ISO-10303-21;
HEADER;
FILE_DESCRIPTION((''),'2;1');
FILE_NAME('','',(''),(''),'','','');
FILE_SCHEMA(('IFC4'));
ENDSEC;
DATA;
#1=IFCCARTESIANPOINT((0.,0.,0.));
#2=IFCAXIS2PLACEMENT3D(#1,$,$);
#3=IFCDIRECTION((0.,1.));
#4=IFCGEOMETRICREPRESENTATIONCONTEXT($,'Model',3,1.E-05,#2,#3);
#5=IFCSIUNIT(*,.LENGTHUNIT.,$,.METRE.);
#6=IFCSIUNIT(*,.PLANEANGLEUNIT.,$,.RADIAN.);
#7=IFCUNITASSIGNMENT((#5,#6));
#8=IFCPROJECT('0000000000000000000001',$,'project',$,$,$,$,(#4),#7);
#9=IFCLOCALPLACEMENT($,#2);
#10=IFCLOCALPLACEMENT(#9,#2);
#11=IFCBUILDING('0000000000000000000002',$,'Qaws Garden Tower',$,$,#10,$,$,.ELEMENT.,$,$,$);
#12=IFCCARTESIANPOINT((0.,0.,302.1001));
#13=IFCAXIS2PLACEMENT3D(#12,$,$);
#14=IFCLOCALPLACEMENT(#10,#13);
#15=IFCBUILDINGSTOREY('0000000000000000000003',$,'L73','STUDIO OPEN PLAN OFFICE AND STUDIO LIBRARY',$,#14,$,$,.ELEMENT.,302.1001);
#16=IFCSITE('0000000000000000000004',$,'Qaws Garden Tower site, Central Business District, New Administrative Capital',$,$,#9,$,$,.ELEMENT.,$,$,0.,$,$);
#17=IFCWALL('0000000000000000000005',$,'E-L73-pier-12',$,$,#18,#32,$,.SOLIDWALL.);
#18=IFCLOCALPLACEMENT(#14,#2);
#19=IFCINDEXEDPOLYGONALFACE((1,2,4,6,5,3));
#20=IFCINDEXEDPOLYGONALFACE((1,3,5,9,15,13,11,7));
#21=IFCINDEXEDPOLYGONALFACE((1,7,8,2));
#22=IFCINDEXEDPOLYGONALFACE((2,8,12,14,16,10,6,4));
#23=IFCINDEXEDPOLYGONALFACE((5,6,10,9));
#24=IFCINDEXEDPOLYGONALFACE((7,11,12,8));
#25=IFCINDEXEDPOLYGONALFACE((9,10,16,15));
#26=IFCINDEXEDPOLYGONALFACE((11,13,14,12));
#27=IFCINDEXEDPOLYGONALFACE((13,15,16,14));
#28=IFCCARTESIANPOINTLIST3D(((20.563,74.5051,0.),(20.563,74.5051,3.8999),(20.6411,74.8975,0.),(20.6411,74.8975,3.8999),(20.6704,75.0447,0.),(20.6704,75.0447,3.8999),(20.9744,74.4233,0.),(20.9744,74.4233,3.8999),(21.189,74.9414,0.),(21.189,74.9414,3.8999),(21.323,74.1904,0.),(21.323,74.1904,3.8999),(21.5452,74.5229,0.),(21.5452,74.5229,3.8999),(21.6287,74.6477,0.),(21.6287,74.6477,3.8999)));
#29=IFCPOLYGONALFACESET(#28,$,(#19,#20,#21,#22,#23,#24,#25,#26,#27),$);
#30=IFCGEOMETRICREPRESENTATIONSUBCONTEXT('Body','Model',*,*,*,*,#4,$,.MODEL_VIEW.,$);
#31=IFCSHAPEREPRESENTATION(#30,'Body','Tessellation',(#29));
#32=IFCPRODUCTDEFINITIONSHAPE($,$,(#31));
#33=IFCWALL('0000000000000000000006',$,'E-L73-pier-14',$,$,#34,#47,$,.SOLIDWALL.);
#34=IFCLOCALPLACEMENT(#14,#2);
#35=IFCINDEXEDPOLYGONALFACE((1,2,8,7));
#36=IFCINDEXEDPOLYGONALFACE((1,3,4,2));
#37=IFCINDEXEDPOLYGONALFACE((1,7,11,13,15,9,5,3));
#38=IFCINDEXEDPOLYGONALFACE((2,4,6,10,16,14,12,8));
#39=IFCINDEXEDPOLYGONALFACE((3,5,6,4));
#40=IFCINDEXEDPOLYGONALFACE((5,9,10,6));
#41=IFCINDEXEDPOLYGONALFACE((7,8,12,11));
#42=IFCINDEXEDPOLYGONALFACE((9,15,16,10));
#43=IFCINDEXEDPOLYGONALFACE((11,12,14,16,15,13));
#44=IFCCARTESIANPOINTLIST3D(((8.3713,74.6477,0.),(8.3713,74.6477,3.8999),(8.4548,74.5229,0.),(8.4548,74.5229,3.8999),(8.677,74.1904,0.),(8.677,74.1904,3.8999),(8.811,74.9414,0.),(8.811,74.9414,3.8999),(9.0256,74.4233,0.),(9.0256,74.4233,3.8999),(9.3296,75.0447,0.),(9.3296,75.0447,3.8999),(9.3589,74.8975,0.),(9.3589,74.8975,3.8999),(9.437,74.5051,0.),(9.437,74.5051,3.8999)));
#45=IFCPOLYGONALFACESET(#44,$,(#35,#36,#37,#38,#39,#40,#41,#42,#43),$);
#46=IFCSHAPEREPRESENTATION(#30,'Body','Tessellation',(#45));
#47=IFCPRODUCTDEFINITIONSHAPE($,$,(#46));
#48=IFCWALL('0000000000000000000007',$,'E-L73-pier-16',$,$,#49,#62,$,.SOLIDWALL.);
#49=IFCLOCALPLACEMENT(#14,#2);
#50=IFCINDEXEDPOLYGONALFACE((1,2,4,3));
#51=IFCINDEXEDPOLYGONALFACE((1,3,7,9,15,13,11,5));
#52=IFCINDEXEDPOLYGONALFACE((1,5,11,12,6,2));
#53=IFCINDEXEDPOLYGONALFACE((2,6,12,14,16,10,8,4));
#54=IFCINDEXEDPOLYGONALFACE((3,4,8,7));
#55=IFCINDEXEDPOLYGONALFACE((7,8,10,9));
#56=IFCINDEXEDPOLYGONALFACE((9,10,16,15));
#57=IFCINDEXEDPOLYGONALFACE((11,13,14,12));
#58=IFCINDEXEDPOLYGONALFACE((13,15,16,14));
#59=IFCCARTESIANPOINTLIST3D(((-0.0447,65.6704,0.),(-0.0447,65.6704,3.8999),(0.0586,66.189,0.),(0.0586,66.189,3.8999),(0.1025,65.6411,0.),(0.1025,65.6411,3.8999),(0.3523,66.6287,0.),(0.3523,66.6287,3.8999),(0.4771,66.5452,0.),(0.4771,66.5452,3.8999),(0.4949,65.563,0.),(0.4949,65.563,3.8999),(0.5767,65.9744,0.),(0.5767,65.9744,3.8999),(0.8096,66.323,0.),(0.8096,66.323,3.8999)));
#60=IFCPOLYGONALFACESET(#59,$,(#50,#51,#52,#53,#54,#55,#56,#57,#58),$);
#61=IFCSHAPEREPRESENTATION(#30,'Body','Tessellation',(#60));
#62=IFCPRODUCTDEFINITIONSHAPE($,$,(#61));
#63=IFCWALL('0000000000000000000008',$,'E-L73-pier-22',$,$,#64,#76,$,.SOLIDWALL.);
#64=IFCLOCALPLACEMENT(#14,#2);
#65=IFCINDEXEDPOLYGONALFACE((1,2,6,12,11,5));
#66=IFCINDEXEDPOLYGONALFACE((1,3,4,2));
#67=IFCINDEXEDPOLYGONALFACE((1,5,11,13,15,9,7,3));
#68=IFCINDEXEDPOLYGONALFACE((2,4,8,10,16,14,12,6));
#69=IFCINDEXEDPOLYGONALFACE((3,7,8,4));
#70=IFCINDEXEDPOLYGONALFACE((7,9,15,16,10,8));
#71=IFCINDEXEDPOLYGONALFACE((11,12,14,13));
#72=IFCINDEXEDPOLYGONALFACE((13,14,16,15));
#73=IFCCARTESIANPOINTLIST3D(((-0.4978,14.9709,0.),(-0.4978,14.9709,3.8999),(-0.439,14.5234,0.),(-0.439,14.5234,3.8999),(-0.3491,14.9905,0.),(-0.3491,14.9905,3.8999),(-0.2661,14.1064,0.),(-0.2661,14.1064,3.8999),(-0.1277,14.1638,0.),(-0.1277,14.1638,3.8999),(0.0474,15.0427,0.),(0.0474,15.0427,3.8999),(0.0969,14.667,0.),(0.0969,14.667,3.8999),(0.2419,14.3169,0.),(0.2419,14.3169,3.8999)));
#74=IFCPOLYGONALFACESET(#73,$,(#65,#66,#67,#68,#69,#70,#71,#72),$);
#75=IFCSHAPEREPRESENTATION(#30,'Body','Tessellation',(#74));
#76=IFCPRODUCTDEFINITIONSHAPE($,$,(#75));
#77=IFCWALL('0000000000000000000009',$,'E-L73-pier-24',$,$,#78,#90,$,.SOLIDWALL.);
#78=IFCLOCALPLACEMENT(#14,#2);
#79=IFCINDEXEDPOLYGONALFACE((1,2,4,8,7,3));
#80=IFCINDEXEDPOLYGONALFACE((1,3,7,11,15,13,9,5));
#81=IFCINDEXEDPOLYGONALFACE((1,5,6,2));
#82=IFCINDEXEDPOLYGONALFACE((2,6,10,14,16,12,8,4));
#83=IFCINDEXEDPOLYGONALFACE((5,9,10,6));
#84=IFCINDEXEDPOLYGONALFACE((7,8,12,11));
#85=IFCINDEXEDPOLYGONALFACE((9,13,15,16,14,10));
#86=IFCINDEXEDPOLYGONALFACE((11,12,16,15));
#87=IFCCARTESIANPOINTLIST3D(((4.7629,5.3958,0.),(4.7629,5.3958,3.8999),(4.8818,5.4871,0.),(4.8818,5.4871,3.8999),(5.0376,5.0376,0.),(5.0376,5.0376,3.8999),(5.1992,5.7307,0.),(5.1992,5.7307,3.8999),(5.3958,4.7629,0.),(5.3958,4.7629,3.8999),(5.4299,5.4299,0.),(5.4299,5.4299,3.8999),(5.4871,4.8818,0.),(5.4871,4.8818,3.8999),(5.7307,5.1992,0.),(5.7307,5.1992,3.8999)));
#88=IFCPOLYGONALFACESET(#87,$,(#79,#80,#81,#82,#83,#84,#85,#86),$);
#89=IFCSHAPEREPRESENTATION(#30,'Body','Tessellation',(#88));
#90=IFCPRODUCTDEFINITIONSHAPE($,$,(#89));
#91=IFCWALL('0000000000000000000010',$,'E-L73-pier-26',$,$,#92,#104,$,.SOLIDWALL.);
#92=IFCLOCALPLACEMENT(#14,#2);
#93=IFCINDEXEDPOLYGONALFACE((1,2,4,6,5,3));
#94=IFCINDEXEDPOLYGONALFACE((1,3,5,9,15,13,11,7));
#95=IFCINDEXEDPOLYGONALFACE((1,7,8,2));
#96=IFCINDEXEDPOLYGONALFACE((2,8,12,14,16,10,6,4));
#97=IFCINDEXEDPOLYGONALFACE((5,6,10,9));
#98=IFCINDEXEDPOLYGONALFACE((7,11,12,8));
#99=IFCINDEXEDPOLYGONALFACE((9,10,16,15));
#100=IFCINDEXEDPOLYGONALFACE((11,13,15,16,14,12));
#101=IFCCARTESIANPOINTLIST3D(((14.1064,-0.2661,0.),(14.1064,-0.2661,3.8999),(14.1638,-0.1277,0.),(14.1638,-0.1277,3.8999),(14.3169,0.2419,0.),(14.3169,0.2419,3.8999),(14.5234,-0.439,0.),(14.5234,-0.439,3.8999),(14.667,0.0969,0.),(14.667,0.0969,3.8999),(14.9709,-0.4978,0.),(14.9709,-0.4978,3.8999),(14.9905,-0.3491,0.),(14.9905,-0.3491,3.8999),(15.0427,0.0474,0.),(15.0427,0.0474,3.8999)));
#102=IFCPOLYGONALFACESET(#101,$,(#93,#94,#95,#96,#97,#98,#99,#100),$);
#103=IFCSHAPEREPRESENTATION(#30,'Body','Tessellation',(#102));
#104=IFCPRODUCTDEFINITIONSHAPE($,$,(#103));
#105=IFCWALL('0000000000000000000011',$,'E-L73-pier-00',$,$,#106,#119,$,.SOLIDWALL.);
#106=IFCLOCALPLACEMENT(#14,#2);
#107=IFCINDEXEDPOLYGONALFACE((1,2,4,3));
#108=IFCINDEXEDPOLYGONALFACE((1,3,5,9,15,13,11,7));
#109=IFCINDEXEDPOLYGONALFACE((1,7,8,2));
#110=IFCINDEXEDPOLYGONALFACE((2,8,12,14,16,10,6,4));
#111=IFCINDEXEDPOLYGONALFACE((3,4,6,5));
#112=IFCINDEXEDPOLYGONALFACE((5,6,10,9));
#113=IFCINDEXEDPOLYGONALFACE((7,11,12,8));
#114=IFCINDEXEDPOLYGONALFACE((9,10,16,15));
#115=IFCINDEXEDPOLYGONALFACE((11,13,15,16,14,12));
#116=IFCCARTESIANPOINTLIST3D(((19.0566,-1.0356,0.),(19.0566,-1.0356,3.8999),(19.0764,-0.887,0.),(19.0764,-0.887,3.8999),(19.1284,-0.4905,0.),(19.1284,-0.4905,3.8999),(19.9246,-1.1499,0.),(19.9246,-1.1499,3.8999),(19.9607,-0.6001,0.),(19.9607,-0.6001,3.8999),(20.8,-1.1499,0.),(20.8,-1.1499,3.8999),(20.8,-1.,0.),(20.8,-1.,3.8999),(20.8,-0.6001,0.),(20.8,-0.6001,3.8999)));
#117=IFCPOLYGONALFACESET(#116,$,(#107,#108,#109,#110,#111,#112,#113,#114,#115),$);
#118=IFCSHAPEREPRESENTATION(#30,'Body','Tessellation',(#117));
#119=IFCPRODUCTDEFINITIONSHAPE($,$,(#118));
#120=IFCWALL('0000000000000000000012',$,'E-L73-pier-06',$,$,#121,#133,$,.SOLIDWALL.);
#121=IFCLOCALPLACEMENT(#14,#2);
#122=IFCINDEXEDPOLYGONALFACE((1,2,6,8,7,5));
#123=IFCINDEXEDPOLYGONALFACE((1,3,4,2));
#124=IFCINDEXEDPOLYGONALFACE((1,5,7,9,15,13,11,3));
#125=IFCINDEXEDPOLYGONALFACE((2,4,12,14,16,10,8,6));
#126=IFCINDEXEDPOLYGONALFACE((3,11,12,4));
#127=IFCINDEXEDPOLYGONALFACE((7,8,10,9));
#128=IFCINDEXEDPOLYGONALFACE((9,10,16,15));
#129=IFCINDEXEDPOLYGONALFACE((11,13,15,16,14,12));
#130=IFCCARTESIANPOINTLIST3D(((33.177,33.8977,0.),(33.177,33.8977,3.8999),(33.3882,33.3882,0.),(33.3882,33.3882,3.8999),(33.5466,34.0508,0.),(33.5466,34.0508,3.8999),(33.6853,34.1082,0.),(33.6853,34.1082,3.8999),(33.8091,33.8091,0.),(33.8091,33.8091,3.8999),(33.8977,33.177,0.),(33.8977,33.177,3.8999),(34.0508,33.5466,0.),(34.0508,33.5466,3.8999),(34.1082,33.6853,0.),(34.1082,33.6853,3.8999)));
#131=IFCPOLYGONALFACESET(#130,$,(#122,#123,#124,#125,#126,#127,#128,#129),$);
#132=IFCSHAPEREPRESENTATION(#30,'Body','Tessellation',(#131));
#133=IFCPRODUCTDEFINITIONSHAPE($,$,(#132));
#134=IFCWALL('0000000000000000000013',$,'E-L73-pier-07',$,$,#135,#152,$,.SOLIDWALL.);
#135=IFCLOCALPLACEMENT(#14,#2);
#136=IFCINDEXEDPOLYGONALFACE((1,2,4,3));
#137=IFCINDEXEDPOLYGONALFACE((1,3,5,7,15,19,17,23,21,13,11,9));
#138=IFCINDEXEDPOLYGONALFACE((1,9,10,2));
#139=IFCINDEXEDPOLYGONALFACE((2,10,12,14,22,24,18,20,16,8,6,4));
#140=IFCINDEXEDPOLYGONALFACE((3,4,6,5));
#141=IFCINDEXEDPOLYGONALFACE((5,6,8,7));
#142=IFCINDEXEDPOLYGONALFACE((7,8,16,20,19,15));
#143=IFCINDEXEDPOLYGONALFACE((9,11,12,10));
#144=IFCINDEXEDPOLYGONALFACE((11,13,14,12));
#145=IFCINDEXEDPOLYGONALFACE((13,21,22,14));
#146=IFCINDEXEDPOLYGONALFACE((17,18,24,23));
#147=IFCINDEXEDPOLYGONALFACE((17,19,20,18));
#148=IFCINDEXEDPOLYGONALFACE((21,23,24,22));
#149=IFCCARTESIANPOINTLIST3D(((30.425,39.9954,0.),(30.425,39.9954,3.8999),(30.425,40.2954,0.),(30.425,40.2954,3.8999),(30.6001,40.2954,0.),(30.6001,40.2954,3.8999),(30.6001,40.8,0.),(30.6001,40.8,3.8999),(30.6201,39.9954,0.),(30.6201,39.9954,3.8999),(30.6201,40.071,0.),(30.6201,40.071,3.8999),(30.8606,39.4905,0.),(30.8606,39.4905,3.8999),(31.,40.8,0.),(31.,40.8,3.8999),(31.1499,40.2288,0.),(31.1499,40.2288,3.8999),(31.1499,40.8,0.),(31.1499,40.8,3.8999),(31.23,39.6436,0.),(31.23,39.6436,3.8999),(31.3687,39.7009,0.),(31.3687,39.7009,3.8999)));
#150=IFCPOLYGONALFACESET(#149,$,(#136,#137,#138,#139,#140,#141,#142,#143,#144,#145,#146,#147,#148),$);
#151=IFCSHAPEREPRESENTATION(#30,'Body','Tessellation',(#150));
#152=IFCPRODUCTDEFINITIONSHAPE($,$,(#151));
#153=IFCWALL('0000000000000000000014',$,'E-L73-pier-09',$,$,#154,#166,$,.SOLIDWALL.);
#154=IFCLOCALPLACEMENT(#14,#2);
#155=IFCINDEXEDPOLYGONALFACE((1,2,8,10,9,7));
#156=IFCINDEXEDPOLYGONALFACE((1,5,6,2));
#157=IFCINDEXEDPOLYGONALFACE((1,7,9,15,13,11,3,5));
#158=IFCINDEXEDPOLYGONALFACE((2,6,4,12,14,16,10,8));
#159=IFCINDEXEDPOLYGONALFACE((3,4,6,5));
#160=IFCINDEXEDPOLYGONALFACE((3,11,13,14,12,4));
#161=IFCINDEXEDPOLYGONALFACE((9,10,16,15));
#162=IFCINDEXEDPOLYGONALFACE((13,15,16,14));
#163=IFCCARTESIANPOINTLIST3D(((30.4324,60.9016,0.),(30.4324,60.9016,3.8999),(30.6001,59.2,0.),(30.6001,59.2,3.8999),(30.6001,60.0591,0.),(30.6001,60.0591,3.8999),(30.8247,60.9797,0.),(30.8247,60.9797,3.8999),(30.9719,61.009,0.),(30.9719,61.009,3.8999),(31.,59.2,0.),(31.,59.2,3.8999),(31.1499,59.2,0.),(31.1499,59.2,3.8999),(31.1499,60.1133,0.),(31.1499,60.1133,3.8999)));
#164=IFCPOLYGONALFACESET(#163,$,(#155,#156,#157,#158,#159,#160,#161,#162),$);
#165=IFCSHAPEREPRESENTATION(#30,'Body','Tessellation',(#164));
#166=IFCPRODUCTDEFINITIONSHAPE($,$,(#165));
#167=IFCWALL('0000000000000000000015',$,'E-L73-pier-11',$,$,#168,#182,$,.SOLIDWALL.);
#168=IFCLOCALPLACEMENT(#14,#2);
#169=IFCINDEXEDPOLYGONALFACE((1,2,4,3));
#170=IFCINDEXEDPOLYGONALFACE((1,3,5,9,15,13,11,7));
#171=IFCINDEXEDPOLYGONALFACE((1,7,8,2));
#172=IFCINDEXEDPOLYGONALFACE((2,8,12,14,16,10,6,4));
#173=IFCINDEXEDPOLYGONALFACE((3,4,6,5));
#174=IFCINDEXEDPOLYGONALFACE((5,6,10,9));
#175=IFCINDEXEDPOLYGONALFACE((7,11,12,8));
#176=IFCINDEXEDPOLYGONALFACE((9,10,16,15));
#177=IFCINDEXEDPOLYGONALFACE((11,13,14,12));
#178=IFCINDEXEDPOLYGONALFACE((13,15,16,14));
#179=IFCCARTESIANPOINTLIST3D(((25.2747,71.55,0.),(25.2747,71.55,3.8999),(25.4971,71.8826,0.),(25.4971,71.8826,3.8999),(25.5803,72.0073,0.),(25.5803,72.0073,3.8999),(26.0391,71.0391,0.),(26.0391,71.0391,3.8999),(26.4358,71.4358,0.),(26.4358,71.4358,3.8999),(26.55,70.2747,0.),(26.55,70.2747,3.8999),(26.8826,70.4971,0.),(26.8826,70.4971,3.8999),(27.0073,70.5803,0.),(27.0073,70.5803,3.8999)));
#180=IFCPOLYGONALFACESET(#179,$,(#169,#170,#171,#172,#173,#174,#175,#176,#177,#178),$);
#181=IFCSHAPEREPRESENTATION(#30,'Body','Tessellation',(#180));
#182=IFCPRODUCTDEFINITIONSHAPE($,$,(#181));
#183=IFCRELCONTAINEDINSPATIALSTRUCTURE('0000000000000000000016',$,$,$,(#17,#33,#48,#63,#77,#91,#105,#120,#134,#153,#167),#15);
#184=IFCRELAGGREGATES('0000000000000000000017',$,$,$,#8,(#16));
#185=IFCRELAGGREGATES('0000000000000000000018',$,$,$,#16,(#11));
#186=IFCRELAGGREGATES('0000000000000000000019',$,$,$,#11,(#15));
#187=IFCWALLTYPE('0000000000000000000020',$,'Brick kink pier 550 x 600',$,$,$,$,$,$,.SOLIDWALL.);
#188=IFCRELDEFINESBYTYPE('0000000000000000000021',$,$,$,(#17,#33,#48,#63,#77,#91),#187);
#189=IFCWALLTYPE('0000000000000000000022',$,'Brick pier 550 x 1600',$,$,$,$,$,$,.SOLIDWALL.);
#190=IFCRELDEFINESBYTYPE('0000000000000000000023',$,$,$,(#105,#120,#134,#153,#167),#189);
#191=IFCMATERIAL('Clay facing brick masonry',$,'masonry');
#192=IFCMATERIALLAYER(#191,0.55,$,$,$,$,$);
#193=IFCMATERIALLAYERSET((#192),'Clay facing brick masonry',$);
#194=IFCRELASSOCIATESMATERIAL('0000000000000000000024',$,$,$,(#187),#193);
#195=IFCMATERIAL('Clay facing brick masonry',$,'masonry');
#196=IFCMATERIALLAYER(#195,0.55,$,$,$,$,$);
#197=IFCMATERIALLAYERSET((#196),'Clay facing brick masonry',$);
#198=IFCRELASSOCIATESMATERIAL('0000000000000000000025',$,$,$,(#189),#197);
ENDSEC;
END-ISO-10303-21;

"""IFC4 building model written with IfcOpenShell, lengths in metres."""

from ifc_helpers import new_model, si_unit, direction, frame, origin, place, context, subcontext, project, spatial, polyline, outline, extrude, material, layer, layer_set, type_object, element, save


model = new_model("IFC4")

# Units and contexts
model_context = context("Model", 3, precision=1e-05, world=origin(), true_north=direction((0.0, 1.0)))
body_context = subcontext(model_context, "Body", "Model", "MODEL_VIEW")
ifc_project = project(units=[si_unit("LENGTHUNIT", "METRE"), si_unit("PLANEANGLEUNIT", "RADIAN")], contexts=[model_context])

# Site, building, storey
site_placement = place(None, origin())
site = spatial("IfcSite", under=ifc_project, at=site_placement, Name="Qaws Garden Tower site, Central Business District, New Administrative Capital", CompositionType="ELEMENT", RefElevation=0.0)
building_placement = place(site_placement, origin())
building = spatial("IfcBuilding", under=site, at=building_placement, Name="Qaws Garden Tower", CompositionType="ELEMENT")
storey_placement = place(building_placement, frame((0.0, 0.0, 302.1001)))
storey = spatial("IfcBuildingStorey", under=building, at=storey_placement, Name="L73", Description="STUDIO OPEN PLAN OFFICE AND STUDIO LIBRARY", CompositionType="ELEMENT", Elevation=302.1001)

# Walls
placement = place(storey_placement, origin())
ifc_material_1 = material(Name="Clay facing brick masonry", Category="masonry")
ifc_layer_1 = layer(ifc_material_1, 0.55)
ifc_layer_set_1 = layer_set([ifc_layer_1], Name="Clay facing brick masonry")
wall_type_1 = type_object("IfcWallType", Name="Brick kink pier 550 x 600", PredefinedType="SOLIDWALL", material=ifc_layer_set_1)
element("IfcWall", 1, at=placement, inside=storey, type_object=wall_type_1, Name="E-L73-pier-12", PredefinedType="SOLIDWALL", context=body_context, shape_type="SweptSolid", body=[
    extrude(outline(polyline([(21.5452, 74.5229), (21.6287, 74.6477), (21.189, 74.9414), (20.6704, 75.0447), (20.6411, 74.8975), (20.563, 74.5051), (20.9744, 74.4233), (21.323, 74.1904), (21.5452, 74.5229)])), origin(), (0.0, 0.0, 1.0), 3.8999),
])
element("IfcWall", 2, at=placement, inside=storey, type_object=wall_type_1, Name="E-L73-pier-14", PredefinedType="SOLIDWALL", context=body_context, shape_type="SweptSolid", body=[
    extrude(outline(polyline([(9.3589, 74.8975), (9.3296, 75.0447), (8.811, 74.9414), (8.3713, 74.6477), (8.4548, 74.5229), (8.677, 74.1904), (9.0256, 74.4233), (9.437, 74.5051), (9.3589, 74.8975)])), origin(), (0.0, 0.0, 1.0), 3.8999),
])
element("IfcWall", 3, at=placement, inside=storey, type_object=wall_type_1, Name="E-L73-pier-16", PredefinedType="SOLIDWALL", context=body_context, shape_type="SweptSolid", body=[
    extrude(outline(polyline([(0.4771, 66.5452), (0.3523, 66.6287), (0.0586, 66.189), (-0.0447, 65.6704), (0.1025, 65.6411), (0.4949, 65.563), (0.5767, 65.9744), (0.8096, 66.323), (0.4771, 66.5452)])), origin(), (0.0, 0.0, 1.0), 3.8999),
])
element("IfcWall", 4, at=placement, inside=storey, type_object=wall_type_1, Name="E-L73-pier-22", PredefinedType="SOLIDWALL", context=body_context, shape_type="SweptSolid", body=[
    extrude(outline(polyline([(-0.3491, 14.9905), (-0.4978, 14.9709), (-0.439, 14.5234), (-0.2661, 14.1064), (-0.1277, 14.1638), (0.2419, 14.3169), (0.0969, 14.667), (0.0474, 15.0427), (-0.3491, 14.9905)])), origin(), (0.0, 0.0, 1.0), 3.8999),
])
element("IfcWall", 5, at=placement, inside=storey, type_object=wall_type_1, Name="E-L73-pier-24", PredefinedType="SOLIDWALL", context=body_context, shape_type="SweptSolid", body=[
    extrude(outline(polyline([(4.8818, 5.4871), (4.7629, 5.3958), (5.0376, 5.0376), (5.3958, 4.7629), (5.4871, 4.8818), (5.7307, 5.1992), (5.4299, 5.4299), (5.1992, 5.7307), (4.8818, 5.4871)])), origin(), (0.0, 0.0, 1.0), 3.8999),
])
element("IfcWall", 6, at=placement, inside=storey, type_object=wall_type_1, Name="E-L73-pier-26", PredefinedType="SOLIDWALL", context=body_context, shape_type="SweptSolid", body=[
    extrude(outline(polyline([(14.1638, -0.1277), (14.1064, -0.2661), (14.5234, -0.439), (14.9709, -0.4978), (14.9905, -0.3491), (15.0427, 0.0474), (14.667, 0.0969), (14.3169, 0.2419), (14.1638, -0.1277)])), origin(), (0.0, 0.0, 1.0), 3.8999),
])
ifc_material_2 = material(Name="Clay facing brick masonry", Category="masonry")
ifc_layer_2 = layer(ifc_material_2, 0.55)
ifc_layer_set_2 = layer_set([ifc_layer_2], Name="Clay facing brick masonry")
wall_type_2 = type_object("IfcWallType", Name="Brick pier 550 x 1600", PredefinedType="SOLIDWALL", material=ifc_layer_set_2)
element("IfcWall", 7, at=placement, inside=storey, type_object=wall_type_2, Name="E-L73-pier-00", PredefinedType="SOLIDWALL", context=body_context, shape_type="SweptSolid", body=[
    extrude(outline(polyline([(19.0764, -0.887), (19.0566, -1.0356), (19.9246, -1.1499), (20.8, -1.1499), (20.8, -1.0), (20.8, -0.6001), (19.9607, -0.6001), (19.1284, -0.4905), (19.0764, -0.887)])), origin(), (0.0, 0.0, 1.0), 3.8999),
])
element("IfcWall", 8, at=placement, inside=storey, type_object=wall_type_2, Name="E-L73-pier-06", PredefinedType="SOLIDWALL", context=body_context, shape_type="SweptSolid", body=[
    extrude(outline(polyline([(34.0508, 33.5466), (34.1082, 33.6853), (33.8091, 33.8091), (33.6853, 34.1082), (33.5466, 34.0508), (33.177, 33.8977), (33.3882, 33.3882), (33.8977, 33.177), (34.0508, 33.5466)])), origin(), (0.0, 0.0, 1.0), 3.8999),
])
element("IfcWall", 9, at=placement, inside=storey, type_object=wall_type_2, Name="E-L73-pier-07", PredefinedType="SOLIDWALL", context=body_context, shape_type="SweptSolid", body=[
    extrude(outline(polyline([(30.6201, 39.9954), (30.6201, 40.071), (30.8606, 39.4905), (31.23, 39.6436), (31.3687, 39.7009), (31.1499, 40.2288), (31.1499, 40.8), (31.0, 40.8), (30.6001, 40.8), (30.6001, 40.2954), (30.425, 40.2954), (30.425, 39.9954), (30.6201, 39.9954)])), origin(), (0.0, 0.0, 1.0), 3.8999),
])
element("IfcWall", 10, at=placement, inside=storey, type_object=wall_type_2, Name="E-L73-pier-09", PredefinedType="SOLIDWALL", context=body_context, shape_type="SweptSolid", body=[
    extrude(outline(polyline([(31.0, 59.2), (31.1499, 59.2), (31.1499, 60.1133), (30.9719, 61.009), (30.8247, 60.9797), (30.4324, 60.9016), (30.6001, 60.0591), (30.6001, 59.2), (31.0, 59.2)])), origin(), (0.0, 0.0, 1.0), 3.8999),
])
element("IfcWall", 11, at=placement, inside=storey, type_object=wall_type_2, Name="E-L73-pier-11", PredefinedType="SOLIDWALL", context=body_context, shape_type="SweptSolid", body=[
    extrude(outline(polyline([(26.8826, 70.4971), (27.0073, 70.5803), (26.4358, 71.4358), (25.5803, 72.0073), (25.4971, 71.8826), (25.2747, 71.55), (26.0391, 71.0391), (26.55, 70.2747), (26.8826, 70.4971)])), origin(), (0.0, 0.0, 1.0), 3.8999),
])

save(model, "model.ifc")
